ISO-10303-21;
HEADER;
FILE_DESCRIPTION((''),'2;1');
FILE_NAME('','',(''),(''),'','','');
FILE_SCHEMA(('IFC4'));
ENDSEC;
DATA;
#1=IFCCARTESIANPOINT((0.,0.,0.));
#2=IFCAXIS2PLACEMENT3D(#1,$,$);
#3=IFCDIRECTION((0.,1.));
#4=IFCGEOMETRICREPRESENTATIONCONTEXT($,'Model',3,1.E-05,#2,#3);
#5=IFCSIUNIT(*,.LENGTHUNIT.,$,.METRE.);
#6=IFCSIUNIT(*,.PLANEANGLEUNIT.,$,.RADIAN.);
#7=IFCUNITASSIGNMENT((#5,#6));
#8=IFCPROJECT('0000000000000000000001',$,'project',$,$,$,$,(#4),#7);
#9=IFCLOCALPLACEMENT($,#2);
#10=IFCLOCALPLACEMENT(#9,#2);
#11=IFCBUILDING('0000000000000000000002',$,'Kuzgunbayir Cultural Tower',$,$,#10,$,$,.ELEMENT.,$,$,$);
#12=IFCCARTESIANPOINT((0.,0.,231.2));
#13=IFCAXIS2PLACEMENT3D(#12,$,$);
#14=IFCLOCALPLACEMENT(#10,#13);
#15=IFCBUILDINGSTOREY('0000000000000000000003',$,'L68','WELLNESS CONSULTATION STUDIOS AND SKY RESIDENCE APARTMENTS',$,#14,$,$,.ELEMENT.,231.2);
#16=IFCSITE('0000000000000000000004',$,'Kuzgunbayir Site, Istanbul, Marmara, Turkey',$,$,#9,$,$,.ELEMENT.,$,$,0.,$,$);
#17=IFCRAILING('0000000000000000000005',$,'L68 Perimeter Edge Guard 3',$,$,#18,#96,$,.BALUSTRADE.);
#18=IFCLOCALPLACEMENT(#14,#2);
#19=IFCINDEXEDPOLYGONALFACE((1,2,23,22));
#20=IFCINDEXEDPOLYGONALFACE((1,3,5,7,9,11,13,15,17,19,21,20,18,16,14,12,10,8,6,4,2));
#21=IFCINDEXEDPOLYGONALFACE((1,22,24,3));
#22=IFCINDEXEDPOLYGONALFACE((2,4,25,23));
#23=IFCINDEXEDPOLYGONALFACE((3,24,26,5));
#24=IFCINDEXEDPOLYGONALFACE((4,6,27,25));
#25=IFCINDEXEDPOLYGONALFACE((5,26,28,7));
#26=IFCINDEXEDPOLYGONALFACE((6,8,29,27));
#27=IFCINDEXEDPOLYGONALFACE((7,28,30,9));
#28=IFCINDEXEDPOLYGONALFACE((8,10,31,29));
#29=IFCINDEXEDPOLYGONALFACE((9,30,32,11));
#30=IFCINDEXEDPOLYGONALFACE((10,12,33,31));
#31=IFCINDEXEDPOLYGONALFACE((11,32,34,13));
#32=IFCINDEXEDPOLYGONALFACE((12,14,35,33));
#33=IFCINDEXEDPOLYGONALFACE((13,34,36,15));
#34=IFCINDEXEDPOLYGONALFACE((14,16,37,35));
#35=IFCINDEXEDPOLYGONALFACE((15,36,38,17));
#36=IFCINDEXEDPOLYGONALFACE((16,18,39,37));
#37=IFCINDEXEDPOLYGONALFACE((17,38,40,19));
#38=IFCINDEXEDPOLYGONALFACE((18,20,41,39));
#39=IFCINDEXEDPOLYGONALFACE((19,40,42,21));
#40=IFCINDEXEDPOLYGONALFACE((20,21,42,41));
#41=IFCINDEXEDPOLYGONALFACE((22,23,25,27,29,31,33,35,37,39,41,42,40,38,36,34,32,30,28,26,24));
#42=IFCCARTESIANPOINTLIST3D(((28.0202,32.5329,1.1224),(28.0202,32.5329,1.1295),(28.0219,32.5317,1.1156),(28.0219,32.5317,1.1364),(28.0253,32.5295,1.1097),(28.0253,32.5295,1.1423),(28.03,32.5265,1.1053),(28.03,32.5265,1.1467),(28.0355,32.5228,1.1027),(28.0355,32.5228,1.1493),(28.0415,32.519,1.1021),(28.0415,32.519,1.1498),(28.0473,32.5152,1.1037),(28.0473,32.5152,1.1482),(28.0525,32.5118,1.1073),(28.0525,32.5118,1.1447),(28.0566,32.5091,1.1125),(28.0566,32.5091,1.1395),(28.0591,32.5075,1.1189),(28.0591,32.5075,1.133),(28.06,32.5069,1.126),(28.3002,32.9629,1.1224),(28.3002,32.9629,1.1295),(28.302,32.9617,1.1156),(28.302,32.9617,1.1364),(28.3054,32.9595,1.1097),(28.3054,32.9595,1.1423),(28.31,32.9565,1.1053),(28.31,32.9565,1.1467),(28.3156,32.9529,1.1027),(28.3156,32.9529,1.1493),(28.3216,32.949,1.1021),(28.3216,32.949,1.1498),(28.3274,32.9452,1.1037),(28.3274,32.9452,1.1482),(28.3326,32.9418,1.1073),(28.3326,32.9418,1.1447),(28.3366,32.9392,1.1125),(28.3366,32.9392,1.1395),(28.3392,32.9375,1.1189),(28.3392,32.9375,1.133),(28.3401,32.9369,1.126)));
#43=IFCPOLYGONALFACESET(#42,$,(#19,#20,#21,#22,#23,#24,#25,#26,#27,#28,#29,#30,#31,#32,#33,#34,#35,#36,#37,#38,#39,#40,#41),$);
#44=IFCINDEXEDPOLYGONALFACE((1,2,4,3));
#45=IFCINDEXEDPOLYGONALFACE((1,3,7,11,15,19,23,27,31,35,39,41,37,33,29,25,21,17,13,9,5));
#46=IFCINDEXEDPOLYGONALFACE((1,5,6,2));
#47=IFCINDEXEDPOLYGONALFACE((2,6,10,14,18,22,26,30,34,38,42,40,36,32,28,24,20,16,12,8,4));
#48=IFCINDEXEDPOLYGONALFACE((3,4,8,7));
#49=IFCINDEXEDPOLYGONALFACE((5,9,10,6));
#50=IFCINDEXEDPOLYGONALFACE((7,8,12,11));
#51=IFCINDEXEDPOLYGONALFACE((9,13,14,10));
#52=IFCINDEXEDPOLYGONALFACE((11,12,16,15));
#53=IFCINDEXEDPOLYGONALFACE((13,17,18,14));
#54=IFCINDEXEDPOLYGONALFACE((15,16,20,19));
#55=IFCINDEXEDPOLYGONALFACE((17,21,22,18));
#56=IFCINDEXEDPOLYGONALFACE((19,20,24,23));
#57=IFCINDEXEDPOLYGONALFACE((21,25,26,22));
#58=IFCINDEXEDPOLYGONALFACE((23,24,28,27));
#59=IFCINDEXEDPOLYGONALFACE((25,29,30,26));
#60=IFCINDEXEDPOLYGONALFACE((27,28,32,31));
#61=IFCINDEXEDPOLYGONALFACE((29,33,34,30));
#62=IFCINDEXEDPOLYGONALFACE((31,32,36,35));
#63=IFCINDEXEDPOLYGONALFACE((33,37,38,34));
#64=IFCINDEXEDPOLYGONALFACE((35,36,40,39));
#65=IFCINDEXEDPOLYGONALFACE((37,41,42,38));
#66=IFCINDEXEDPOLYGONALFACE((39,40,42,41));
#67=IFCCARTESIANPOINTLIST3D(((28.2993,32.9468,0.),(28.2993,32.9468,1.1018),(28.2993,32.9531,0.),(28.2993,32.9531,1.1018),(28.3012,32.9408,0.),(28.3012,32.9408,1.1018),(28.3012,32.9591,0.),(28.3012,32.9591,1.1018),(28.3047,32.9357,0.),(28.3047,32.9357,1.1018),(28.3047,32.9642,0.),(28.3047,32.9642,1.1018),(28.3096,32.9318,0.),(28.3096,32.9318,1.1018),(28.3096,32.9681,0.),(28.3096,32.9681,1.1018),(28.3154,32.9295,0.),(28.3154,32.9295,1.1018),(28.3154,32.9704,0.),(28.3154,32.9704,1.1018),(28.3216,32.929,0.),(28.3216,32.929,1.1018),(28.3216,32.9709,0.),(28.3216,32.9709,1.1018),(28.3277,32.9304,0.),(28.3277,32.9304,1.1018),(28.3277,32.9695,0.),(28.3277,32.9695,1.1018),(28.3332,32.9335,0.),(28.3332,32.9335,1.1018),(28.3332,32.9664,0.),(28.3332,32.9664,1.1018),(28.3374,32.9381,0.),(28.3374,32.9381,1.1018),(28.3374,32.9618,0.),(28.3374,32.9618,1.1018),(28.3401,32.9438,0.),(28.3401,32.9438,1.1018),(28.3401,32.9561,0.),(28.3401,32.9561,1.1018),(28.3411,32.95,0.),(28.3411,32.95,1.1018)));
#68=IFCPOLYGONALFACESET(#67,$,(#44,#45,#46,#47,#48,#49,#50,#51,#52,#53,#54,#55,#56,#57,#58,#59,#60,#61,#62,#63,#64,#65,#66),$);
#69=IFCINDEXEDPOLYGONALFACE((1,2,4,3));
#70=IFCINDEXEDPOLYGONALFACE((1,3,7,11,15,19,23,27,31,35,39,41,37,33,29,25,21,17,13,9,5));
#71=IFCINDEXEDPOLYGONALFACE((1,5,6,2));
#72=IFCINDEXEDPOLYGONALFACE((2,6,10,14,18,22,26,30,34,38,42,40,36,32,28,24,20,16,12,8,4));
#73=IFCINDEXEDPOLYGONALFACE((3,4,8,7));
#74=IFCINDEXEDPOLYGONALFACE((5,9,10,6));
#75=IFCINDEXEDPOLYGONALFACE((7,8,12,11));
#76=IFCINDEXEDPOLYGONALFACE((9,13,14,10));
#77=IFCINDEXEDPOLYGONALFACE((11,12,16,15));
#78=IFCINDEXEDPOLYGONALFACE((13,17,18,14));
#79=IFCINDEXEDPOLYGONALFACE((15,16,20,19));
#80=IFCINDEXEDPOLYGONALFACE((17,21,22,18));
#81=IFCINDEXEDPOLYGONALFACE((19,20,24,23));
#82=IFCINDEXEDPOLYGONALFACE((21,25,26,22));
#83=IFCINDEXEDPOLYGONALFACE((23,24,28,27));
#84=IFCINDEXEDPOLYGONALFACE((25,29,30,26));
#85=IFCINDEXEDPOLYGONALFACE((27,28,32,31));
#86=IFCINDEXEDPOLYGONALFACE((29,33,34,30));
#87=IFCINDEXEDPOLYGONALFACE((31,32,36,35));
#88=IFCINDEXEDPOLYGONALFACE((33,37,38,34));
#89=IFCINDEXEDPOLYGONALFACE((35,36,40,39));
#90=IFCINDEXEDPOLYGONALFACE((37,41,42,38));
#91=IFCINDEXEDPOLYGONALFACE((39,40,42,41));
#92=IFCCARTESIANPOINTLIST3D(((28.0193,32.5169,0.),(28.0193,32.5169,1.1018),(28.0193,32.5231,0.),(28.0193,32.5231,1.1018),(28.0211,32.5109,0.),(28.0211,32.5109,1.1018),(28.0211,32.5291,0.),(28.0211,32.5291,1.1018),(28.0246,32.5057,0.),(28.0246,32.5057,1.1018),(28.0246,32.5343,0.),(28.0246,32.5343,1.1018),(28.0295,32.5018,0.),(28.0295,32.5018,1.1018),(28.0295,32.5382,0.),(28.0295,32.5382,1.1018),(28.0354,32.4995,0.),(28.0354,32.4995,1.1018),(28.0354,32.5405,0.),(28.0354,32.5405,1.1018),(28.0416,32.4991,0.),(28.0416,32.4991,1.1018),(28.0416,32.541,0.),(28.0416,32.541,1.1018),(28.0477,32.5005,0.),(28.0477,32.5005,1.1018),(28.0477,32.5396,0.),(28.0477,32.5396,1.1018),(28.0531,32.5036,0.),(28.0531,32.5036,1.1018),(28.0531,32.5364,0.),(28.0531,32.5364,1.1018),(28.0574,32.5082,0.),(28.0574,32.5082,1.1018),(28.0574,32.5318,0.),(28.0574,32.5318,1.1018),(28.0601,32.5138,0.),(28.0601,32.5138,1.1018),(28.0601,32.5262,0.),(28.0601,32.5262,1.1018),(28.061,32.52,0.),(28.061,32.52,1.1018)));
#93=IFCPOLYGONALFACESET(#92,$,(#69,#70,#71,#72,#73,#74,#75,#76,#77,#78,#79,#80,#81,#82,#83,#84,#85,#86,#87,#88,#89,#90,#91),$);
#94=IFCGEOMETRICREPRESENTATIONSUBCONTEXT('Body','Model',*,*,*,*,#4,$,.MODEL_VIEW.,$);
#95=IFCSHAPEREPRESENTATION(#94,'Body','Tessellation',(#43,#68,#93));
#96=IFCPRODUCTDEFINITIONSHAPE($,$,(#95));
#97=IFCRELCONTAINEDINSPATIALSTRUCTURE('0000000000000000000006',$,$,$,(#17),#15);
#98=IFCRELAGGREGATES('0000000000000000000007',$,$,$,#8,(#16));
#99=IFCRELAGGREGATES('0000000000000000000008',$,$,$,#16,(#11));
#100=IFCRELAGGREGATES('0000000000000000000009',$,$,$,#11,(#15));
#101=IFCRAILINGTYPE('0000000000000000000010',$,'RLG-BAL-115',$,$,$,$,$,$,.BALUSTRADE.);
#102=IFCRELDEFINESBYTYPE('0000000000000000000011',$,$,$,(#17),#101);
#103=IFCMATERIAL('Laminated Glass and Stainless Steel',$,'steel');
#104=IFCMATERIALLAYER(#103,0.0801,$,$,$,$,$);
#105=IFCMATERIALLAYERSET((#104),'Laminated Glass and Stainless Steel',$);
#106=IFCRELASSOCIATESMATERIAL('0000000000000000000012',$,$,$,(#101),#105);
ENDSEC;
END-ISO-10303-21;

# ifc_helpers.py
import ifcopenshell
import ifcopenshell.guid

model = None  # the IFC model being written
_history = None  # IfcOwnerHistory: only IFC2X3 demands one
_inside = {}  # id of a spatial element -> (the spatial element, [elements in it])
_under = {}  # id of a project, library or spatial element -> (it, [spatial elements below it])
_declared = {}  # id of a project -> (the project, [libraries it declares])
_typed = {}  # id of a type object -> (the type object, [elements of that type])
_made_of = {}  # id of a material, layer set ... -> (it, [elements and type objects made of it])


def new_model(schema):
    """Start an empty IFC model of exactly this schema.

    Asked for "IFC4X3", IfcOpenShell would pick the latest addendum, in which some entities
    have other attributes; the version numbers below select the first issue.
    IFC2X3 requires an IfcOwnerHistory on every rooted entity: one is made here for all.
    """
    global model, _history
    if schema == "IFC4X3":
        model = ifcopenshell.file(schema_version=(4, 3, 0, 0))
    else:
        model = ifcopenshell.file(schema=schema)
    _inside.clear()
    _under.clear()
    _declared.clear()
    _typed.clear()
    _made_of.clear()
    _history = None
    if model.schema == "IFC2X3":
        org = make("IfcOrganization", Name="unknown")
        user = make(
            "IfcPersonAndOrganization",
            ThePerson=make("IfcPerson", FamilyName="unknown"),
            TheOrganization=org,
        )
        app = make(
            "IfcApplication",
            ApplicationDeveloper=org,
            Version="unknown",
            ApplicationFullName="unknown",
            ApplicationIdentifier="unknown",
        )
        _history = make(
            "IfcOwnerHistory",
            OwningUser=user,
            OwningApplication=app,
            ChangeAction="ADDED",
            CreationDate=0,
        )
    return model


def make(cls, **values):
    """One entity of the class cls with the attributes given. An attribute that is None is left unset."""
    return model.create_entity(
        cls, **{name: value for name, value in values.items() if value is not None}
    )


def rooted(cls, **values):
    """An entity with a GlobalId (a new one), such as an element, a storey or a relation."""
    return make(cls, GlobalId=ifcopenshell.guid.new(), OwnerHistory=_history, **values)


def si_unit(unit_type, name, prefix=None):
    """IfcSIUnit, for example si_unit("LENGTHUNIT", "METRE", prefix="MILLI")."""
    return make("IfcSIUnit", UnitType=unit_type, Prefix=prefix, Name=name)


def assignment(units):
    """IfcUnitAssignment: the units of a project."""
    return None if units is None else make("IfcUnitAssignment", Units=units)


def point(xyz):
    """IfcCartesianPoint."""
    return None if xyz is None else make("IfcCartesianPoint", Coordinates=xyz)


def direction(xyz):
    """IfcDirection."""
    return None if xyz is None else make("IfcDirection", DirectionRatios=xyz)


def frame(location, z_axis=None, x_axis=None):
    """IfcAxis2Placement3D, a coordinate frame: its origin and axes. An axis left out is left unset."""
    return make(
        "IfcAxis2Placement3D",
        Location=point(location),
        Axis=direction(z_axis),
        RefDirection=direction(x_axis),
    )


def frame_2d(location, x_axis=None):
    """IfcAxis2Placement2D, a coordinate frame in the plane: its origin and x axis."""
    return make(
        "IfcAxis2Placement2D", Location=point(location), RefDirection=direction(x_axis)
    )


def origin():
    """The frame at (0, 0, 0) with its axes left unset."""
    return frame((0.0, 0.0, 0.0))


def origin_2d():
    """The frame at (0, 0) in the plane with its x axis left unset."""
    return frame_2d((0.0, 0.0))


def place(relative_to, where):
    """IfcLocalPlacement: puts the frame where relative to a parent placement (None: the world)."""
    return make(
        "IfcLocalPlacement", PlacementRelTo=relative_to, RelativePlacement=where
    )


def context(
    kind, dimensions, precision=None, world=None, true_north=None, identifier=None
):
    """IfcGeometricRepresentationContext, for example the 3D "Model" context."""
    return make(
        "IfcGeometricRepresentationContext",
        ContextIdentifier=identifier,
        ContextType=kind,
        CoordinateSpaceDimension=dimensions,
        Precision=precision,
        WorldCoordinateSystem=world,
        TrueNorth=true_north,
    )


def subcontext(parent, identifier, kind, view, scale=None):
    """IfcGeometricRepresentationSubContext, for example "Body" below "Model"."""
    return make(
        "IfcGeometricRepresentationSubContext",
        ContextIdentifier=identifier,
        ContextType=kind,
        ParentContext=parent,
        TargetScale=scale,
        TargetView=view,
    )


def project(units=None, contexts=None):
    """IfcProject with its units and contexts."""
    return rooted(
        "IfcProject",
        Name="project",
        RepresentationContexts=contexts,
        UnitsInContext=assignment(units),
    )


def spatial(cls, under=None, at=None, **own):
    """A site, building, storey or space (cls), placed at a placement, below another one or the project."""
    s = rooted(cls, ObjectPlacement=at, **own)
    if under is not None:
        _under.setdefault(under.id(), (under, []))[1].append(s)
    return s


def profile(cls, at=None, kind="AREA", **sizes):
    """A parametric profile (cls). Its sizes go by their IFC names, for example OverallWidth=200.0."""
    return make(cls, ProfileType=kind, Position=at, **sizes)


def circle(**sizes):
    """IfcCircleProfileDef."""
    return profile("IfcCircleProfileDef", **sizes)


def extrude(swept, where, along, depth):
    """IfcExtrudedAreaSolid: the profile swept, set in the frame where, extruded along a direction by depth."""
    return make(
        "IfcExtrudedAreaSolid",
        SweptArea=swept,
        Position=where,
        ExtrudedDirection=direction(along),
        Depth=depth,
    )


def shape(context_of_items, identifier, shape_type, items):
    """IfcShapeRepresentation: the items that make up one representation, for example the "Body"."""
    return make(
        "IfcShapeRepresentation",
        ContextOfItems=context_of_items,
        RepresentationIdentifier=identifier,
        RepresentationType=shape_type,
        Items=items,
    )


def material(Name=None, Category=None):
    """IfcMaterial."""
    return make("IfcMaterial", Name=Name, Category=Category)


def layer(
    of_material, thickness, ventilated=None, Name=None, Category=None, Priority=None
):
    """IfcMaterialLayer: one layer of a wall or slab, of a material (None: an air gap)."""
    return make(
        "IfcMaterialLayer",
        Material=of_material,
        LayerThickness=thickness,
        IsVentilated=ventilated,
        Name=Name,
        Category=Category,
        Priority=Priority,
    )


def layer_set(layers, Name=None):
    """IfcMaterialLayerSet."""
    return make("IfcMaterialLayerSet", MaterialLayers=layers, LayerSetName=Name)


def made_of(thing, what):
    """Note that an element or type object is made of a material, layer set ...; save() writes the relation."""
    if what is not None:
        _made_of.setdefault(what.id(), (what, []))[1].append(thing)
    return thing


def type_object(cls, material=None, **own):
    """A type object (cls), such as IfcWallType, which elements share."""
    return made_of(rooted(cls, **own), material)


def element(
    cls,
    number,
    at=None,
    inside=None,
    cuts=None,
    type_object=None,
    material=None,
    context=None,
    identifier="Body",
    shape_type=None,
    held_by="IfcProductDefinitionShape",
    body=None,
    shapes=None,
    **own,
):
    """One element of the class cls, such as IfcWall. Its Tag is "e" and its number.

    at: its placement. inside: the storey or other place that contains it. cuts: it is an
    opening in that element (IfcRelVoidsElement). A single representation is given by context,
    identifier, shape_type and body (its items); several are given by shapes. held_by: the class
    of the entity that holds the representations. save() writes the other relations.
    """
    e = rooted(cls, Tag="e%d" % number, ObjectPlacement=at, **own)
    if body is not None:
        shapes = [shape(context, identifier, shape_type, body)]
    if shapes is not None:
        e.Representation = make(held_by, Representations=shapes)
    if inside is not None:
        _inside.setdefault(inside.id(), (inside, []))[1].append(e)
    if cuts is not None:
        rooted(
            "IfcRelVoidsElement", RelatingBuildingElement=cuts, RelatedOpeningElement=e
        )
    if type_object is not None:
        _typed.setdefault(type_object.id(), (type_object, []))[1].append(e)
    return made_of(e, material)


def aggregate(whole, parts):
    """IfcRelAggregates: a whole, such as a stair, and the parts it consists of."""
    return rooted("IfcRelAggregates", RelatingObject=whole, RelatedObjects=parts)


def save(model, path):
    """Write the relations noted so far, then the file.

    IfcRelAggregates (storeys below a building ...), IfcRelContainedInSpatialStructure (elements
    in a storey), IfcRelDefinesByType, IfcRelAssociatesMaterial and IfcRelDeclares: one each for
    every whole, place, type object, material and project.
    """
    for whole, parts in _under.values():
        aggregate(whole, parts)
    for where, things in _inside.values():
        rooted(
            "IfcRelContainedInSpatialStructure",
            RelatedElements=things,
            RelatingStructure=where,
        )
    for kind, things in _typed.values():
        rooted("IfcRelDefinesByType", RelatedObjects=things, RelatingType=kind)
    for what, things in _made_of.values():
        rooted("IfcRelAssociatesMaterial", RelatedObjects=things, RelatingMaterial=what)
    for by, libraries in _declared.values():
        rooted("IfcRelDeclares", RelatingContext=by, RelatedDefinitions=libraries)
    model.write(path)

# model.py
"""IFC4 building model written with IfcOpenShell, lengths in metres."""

from ifc_helpers import new_model, si_unit, direction, frame, origin, origin_2d, place, context, subcontext, project, spatial, circle, extrude, material, layer, layer_set, type_object, element, save


model = new_model("IFC4")

# Units and contexts
model_context = context("Model", 3, precision=1e-05, world=origin(), true_north=direction((0.0, 1.0)))
body_context = subcontext(model_context, "Body", "Model", "MODEL_VIEW")
ifc_project = project(units=[si_unit("LENGTHUNIT", "METRE"), si_unit("PLANEANGLEUNIT", "RADIAN")], contexts=[model_context])

# Site, building, storey
site_placement = place(None, origin())
site = spatial("IfcSite", under=ifc_project, at=site_placement, Name="Kuzgunbayir Site, Istanbul, Marmara, Turkey", CompositionType="ELEMENT", RefElevation=0.0)
building_placement = place(site_placement, origin())
building = spatial("IfcBuilding", under=site, at=building_placement, Name="Kuzgunbayir Cultural Tower", CompositionType="ELEMENT")
storey_placement = place(building_placement, frame((0.0, 0.0, 231.2)))
storey = spatial("IfcBuildingStorey", under=building, at=storey_placement, Name="L68", Description="WELLNESS CONSULTATION STUDIOS AND SKY RESIDENCE APARTMENTS", CompositionType="ELEMENT", Elevation=231.2)

# Railing
ifc_material_1 = material(Name="Laminated Glass and Stainless Steel", Category="steel")
ifc_layer_1 = layer(ifc_material_1, 0.0801)
ifc_layer_set_1 = layer_set([ifc_layer_1], Name="Laminated Glass and Stainless Steel")
railing_type_1 = type_object("IfcRailingType", Name="RLG-BAL-115", PredefinedType="BALUSTRADE", material=ifc_layer_set_1)
railing_1_placement = place(storey_placement, frame((28.3201, 32.95, 0.0)))
element("IfcRailing", 1, at=railing_1_placement, inside=storey, type_object=railing_type_1, Name="L68 Perimeter Edge Guard 3", PredefinedType="BALUSTRADE", context=body_context, shape_type="SweptSolid", body=[
    extrude(circle(Radius=0.0239, at=origin_2d()), frame((0.0, 0.0, 1.126), z_axis=(-0.545774, -0.837932, 0.0), x_axis=(0.837932, -0.545774, 0.0)), (0.0, 0.0, 1.0), 0.5132),
    extrude(circle(Radius=0.021, at=origin_2d()), origin(), (0.0, 0.0, 1.0), 1.1018),
    extrude(circle(Radius=0.021, at=origin_2d()), frame((-0.28, -0.4299, 0.0)), (0.0, 0.0, 1.0), 1.1018),
])

save(model, "model.ifc")
